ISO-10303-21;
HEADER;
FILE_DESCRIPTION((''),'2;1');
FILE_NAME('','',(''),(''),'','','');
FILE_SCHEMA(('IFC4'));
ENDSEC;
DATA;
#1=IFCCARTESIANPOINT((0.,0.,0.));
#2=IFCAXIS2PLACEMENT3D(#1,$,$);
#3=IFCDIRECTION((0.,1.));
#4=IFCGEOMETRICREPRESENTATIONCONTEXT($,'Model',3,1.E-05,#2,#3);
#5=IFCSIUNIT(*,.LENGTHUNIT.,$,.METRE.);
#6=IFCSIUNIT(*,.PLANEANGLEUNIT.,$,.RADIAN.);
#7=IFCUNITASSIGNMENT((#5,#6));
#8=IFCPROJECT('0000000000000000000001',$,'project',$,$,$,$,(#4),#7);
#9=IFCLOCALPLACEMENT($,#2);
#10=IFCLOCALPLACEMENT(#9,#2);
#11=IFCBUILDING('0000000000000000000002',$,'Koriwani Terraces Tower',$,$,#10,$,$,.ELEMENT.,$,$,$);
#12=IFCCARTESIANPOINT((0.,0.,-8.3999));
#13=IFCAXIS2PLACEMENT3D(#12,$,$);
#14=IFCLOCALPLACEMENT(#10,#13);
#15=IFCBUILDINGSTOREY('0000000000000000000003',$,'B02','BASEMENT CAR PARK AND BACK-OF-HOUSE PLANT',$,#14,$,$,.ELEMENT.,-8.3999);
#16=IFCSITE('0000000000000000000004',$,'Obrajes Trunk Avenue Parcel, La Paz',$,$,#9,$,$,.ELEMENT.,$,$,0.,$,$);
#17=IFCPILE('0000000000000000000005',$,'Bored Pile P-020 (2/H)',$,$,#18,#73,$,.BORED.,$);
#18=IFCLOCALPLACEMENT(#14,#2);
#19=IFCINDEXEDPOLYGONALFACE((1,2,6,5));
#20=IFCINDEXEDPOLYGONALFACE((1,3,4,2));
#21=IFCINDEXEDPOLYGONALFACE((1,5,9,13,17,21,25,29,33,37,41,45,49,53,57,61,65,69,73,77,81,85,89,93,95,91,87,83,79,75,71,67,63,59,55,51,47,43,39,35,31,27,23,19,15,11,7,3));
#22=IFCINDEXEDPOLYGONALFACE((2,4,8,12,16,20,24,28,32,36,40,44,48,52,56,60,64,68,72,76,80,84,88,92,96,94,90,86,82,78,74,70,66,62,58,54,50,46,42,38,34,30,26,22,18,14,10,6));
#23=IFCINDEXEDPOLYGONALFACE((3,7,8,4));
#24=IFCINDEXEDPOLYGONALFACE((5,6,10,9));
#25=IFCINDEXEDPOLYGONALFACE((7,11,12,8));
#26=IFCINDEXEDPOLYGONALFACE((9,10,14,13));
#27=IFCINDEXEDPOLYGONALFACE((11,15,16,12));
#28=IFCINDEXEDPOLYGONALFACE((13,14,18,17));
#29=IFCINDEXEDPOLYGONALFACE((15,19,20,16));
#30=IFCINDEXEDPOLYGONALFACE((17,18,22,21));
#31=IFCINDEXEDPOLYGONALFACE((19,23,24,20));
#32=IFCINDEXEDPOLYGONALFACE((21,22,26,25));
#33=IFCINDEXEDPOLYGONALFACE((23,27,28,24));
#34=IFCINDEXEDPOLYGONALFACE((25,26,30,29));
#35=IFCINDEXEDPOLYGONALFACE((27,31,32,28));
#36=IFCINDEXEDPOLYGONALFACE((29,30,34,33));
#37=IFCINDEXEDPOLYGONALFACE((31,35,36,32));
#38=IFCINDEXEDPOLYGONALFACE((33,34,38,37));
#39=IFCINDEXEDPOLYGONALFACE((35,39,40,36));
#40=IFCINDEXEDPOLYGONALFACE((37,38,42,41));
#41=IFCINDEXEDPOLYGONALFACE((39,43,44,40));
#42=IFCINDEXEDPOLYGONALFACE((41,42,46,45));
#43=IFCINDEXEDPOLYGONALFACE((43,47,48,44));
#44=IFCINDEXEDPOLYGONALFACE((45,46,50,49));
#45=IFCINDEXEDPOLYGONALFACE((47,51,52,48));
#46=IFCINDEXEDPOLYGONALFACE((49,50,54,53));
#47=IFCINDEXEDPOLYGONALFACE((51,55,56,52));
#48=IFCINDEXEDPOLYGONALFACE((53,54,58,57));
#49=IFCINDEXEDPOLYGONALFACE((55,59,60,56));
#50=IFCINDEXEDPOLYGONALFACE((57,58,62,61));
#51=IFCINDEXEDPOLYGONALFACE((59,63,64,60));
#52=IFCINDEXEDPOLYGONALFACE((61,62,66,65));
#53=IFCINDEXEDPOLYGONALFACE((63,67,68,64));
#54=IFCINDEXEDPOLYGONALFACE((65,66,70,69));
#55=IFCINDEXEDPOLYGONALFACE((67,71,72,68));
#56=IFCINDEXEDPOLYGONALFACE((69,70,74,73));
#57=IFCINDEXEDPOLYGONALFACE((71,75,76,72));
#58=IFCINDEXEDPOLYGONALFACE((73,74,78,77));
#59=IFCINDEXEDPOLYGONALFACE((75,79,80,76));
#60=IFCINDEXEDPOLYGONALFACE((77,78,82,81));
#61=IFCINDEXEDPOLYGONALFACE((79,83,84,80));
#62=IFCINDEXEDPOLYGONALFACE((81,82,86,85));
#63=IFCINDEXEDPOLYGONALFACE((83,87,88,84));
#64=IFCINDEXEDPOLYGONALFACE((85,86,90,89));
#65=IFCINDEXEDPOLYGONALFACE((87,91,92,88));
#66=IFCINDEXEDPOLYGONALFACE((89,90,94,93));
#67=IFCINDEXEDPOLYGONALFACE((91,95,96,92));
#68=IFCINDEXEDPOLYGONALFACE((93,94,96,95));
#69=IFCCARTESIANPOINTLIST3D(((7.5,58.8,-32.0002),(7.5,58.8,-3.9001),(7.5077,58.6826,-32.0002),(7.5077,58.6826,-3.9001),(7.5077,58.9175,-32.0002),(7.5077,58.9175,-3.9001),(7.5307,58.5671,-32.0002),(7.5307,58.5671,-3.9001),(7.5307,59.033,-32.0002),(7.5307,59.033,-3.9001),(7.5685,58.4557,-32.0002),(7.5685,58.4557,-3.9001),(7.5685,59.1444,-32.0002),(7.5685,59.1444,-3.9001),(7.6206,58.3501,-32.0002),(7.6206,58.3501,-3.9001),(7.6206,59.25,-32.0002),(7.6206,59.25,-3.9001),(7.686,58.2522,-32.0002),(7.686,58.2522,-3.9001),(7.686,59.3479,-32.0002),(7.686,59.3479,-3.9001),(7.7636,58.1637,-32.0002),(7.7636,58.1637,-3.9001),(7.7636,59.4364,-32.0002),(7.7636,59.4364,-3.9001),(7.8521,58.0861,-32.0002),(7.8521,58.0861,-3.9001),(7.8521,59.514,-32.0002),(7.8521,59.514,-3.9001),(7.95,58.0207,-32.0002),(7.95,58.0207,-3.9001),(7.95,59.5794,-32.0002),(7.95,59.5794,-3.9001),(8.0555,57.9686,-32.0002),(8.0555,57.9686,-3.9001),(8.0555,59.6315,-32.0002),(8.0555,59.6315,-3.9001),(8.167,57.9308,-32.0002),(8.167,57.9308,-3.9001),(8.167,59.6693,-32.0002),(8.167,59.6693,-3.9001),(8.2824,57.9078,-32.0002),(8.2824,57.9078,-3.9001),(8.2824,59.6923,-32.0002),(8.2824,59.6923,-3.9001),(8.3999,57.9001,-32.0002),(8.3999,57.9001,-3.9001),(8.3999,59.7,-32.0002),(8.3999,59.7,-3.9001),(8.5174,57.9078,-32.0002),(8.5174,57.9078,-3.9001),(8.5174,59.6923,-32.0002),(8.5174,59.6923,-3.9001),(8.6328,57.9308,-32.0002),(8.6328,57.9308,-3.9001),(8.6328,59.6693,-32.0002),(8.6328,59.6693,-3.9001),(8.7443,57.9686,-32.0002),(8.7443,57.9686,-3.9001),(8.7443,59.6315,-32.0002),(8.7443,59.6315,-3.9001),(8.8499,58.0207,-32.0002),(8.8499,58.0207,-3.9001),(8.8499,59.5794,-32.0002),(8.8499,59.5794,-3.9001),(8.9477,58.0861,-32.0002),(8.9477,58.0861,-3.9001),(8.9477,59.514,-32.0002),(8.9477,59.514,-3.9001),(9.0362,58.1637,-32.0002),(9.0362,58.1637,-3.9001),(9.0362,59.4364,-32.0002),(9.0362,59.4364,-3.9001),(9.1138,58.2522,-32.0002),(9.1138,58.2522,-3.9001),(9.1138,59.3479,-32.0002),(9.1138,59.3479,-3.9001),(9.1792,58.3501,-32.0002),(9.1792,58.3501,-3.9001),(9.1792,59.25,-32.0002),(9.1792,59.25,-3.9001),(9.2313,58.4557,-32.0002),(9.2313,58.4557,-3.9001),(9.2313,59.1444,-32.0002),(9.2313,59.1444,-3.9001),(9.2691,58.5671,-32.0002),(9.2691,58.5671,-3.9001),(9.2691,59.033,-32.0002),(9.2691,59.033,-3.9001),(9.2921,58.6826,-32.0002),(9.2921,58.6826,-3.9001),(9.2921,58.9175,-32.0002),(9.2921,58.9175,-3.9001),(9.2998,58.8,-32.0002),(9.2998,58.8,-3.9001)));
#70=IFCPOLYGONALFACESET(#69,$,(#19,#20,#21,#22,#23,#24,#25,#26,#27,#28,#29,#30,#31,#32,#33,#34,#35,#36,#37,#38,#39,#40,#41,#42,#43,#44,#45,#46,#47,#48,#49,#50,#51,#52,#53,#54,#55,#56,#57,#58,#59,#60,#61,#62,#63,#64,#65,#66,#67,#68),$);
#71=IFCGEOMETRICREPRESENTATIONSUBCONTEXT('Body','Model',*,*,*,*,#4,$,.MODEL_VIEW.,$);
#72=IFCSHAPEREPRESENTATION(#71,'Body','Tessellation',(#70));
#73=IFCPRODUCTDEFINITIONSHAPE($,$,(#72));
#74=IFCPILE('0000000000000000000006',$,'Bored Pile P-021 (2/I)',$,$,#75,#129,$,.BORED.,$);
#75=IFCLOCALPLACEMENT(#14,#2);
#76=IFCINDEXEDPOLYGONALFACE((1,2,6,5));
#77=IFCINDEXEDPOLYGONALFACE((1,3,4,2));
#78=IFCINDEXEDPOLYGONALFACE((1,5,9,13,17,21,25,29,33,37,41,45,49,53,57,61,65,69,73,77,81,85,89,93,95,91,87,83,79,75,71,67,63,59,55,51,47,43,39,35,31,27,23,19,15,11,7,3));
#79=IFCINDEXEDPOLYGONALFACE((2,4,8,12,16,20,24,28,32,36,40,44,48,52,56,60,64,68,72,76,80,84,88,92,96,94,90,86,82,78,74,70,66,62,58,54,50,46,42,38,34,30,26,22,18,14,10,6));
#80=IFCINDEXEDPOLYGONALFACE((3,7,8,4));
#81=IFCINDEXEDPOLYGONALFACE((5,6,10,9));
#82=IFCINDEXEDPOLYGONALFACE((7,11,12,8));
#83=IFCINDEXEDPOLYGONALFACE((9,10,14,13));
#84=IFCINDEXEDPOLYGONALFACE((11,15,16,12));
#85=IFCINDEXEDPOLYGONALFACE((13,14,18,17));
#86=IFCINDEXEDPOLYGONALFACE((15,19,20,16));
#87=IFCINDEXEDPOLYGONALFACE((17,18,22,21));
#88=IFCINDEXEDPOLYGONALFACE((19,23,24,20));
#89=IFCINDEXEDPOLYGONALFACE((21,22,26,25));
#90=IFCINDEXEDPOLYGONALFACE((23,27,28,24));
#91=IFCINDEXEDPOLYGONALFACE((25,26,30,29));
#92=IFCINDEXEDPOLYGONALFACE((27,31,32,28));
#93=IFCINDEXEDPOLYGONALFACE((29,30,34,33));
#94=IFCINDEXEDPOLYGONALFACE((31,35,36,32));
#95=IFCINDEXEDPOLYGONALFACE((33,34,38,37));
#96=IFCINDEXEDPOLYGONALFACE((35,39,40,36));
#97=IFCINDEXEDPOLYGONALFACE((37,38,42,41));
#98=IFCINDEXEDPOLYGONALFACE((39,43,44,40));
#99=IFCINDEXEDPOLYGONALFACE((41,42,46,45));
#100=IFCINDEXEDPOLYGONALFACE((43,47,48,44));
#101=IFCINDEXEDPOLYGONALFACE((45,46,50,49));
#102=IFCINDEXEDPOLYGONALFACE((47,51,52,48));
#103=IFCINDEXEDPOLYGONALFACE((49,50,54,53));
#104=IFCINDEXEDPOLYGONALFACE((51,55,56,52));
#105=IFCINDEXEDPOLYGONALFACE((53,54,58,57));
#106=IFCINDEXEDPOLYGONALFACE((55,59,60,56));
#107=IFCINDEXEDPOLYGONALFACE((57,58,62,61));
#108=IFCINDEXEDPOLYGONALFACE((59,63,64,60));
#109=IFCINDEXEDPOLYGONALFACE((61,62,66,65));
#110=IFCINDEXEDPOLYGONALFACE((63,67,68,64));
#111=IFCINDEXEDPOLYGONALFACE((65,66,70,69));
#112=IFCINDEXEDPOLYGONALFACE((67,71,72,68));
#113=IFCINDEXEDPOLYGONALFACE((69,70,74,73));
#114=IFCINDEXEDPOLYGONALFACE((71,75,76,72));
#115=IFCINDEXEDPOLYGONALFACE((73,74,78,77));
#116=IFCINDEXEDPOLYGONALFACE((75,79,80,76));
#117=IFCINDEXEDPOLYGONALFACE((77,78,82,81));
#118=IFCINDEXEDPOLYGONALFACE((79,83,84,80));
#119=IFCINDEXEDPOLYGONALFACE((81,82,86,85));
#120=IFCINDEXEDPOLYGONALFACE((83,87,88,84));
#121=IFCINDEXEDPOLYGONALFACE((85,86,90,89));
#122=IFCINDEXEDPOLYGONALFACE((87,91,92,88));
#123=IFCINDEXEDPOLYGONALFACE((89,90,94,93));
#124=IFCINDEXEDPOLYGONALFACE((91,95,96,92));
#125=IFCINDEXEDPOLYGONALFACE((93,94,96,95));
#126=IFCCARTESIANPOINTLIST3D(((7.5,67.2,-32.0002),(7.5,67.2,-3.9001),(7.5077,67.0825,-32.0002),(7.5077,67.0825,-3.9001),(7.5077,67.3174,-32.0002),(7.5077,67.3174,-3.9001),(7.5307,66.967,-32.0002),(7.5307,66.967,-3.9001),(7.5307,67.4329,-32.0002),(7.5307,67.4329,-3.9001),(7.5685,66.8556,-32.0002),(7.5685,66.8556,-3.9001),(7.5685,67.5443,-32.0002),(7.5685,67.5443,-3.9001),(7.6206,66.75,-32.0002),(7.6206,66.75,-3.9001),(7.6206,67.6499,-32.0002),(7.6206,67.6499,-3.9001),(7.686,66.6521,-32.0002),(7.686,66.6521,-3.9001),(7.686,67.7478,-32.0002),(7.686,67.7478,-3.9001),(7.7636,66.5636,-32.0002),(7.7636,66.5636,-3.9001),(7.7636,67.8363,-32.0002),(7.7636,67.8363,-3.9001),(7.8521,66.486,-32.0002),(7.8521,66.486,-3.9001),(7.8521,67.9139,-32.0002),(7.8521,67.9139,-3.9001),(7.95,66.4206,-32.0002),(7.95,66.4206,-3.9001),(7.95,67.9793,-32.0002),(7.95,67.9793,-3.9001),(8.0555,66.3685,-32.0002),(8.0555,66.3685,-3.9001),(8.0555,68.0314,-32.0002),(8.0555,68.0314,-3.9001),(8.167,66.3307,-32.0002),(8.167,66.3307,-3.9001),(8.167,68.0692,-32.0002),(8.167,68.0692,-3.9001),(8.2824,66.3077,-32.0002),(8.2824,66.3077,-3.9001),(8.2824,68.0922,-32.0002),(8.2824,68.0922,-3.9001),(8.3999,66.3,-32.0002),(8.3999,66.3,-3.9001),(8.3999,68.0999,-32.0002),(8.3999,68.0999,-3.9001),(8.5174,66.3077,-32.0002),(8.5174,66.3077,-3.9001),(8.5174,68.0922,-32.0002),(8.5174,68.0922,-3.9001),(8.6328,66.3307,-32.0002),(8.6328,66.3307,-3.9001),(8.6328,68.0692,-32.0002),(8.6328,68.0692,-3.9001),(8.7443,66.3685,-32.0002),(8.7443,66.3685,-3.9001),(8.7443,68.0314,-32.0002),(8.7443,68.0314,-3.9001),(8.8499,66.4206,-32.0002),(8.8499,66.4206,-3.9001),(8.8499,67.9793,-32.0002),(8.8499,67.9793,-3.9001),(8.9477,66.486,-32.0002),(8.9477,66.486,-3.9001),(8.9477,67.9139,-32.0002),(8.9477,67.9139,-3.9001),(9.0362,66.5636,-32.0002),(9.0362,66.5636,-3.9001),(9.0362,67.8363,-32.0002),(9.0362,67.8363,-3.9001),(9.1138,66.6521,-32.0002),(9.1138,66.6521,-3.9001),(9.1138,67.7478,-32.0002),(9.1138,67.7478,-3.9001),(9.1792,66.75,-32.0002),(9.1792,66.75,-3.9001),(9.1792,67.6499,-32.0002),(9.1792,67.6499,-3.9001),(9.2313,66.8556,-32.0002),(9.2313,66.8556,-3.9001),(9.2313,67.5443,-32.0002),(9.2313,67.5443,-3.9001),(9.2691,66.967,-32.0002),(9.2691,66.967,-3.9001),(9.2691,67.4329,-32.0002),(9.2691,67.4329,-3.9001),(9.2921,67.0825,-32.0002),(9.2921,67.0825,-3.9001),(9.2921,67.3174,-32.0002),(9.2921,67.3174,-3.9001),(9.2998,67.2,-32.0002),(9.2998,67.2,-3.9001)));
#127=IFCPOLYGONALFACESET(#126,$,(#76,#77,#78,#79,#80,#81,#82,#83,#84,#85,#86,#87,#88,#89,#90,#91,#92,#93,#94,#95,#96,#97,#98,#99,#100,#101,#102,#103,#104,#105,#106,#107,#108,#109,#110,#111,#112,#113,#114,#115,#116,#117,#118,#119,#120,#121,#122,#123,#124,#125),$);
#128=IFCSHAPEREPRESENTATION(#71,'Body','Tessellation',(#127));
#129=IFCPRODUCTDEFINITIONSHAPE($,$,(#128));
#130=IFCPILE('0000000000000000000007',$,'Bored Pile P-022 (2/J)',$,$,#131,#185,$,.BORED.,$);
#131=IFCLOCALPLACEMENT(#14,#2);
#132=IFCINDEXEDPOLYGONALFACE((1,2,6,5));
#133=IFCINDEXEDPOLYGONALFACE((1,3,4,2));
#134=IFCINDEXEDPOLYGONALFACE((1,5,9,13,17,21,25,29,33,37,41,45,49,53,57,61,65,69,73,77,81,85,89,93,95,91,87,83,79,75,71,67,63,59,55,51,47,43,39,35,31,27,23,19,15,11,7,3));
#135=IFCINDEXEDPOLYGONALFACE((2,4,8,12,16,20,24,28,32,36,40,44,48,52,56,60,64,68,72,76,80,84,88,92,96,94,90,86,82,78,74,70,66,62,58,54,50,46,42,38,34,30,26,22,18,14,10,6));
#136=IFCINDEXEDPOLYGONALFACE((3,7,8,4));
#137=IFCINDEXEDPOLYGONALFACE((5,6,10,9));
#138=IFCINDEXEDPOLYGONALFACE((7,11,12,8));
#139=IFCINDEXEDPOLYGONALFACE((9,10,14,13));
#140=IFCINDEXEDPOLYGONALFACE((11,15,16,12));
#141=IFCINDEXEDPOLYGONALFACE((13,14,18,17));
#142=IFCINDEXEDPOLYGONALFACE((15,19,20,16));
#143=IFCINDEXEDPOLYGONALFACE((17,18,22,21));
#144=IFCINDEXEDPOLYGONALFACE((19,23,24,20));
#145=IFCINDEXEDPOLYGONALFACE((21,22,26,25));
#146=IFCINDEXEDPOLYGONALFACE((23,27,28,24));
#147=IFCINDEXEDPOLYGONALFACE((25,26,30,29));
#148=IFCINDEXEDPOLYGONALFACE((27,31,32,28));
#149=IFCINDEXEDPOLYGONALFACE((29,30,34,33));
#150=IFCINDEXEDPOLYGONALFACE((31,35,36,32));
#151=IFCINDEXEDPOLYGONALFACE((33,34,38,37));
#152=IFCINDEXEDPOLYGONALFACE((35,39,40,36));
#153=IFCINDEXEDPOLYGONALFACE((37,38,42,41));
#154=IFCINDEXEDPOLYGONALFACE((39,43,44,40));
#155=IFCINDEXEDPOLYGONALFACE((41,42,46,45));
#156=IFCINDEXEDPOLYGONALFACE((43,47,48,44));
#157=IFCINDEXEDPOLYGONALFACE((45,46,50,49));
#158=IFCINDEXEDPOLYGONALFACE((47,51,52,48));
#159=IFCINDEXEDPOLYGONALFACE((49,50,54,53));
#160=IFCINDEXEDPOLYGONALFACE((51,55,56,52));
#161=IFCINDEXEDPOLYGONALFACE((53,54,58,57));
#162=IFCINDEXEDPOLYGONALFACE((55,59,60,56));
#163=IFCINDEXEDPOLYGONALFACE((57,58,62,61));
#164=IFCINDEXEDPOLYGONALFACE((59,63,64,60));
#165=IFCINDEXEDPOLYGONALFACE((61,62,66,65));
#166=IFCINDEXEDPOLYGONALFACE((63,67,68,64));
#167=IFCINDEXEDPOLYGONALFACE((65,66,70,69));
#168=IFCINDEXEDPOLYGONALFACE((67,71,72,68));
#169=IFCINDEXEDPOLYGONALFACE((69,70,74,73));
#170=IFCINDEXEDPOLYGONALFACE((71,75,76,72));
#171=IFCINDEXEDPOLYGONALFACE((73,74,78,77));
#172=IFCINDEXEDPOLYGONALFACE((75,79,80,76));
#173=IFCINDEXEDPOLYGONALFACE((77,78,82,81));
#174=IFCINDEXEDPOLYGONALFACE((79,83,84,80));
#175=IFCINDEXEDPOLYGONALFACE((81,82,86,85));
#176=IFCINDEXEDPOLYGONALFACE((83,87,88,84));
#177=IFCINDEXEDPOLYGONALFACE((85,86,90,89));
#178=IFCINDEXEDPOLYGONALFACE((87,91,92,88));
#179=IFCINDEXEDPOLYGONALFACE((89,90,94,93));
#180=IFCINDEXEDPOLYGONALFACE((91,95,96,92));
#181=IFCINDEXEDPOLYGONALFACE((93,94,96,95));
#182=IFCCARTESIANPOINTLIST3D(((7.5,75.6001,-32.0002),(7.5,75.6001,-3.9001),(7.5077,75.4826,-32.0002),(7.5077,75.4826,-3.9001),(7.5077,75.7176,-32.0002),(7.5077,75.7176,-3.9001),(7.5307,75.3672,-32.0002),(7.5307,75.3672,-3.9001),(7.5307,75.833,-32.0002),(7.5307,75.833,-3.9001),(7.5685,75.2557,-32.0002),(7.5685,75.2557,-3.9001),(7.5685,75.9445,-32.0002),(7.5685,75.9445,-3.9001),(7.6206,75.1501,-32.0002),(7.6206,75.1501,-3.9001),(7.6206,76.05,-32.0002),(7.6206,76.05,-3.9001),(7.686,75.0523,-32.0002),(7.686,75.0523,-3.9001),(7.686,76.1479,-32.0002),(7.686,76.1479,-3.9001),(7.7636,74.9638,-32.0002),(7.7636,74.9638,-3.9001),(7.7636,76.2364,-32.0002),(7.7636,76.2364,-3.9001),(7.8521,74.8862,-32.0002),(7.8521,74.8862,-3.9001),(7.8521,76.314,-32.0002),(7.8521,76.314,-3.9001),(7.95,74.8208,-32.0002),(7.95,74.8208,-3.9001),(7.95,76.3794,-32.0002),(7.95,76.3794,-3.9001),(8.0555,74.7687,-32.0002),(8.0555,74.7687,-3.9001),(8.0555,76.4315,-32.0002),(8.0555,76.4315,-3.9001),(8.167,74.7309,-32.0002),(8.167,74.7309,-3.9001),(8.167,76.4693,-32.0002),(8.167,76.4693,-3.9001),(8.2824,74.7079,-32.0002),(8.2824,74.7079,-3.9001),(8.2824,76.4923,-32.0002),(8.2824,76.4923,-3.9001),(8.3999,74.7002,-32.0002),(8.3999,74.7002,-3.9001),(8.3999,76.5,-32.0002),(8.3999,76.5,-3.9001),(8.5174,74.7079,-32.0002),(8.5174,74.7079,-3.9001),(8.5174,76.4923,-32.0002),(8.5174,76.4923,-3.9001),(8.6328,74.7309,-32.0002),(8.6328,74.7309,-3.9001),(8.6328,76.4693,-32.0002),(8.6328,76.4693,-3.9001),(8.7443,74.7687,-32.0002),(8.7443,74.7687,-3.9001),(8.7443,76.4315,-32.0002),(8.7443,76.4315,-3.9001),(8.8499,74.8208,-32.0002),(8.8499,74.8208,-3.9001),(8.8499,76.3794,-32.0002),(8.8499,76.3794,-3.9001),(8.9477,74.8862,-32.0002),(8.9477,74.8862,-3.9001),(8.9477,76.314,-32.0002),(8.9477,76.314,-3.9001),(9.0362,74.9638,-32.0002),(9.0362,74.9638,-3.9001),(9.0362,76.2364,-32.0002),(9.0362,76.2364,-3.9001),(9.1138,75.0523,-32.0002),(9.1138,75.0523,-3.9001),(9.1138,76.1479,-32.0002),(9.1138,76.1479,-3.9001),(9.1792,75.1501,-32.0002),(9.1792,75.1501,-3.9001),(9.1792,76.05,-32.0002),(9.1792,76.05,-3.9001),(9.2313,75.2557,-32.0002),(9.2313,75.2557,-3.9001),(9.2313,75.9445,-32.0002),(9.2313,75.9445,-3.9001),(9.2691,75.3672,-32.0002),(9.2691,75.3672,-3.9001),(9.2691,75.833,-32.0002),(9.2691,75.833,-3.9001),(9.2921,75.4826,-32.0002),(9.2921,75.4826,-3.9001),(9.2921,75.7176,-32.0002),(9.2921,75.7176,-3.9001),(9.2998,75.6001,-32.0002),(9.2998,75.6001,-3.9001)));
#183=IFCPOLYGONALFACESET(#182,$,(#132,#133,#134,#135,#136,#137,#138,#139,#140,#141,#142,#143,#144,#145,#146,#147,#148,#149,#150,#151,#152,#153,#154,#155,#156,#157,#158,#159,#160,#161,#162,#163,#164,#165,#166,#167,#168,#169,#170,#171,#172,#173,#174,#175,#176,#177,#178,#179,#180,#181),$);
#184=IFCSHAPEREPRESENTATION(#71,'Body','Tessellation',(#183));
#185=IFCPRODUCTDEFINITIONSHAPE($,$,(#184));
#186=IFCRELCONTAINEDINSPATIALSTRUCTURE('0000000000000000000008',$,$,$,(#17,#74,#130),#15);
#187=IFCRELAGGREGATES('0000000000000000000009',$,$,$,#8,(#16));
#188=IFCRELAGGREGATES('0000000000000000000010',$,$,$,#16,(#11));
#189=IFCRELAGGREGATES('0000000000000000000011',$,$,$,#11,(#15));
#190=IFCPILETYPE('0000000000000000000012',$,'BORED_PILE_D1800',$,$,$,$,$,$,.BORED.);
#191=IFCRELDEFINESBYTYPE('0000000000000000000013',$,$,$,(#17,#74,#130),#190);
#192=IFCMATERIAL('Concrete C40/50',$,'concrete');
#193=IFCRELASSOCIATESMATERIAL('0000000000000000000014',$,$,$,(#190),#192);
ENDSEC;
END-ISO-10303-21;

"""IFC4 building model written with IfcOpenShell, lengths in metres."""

from ifc_helpers import new_model, si_unit, direction, frame, origin, origin_2d, place, context, subcontext, project, spatial, circle, extrude, material, material_profile, profile_set, type_object, element, save


model = new_model("IFC4")

# Units and contexts
model_context = context("Model", 3, precision=1e-05, world=origin(), true_north=direction((0.0, 1.0)))
body_context = subcontext(model_context, "Body", "Model", "MODEL_VIEW")
ifc_project = project(units=[si_unit("LENGTHUNIT", "METRE"), si_unit("PLANEANGLEUNIT", "RADIAN")], contexts=[model_context])

# Site, building, storey
site_placement = place(None, origin())
site = spatial("IfcSite", under=ifc_project, at=site_placement, Name="Obrajes Trunk Avenue Parcel, La Paz", CompositionType="ELEMENT", RefElevation=0.0)
building_placement = place(site_placement, origin())
building = spatial("IfcBuilding", under=site, at=building_placement, Name="Koriwani Terraces Tower", CompositionType="ELEMENT")
storey_placement = place(building_placement, frame((0.0, 0.0, -8.3999)))
storey = spatial("IfcBuildingStorey", under=building, at=storey_placement, Name="B02", Description="BASEMENT CAR PARK AND BACK-OF-HOUSE PLANT", CompositionType="ELEMENT", Elevation=-8.3999)

# Piles
ifc_material_1 = material(Name="Concrete C40/50", Category="concrete")
ifc_material_profile_1 = material_profile(ifc_material_1, circle(Radius=0.8999, at=origin_2d()), Name="Concrete C40/50")
ifc_profile_set_1 = profile_set([ifc_material_profile_1], Name="Concrete C40/50")
pile_type = type_object("IfcPileType", Name="BORED_PILE_D1800", PredefinedType="BORED", material=ifc_profile_set_1)
for number, where, z_axis, x_axis, name in (
    (1, (8.3999, 58.8, -3.9001), (0.0, 0.0, -1.0), (1.0, 0.0, 0.0), "Bored Pile P-020 (2/H)"),
    (2, (8.3999, 67.2, -3.9001), (0.0, 0.0, -1.0), (1.0, 0.0, 0.0), "Bored Pile P-021 (2/I)"),
    (3, (8.3999, 75.6001, -3.9001), (0.0, 0.0, -1.0), (1.0, 0.0, 0.0), "Bored Pile P-022 (2/J)"),
):
    element("IfcPile", number, at=place(storey_placement, frame(where, z_axis=z_axis, x_axis=x_axis)), inside=storey, type_object=pile_type, Name=name, PredefinedType="BORED", context=body_context, shape_type="SweptSolid", body=[
        extrude(circle(Radius=0.8999, at=origin_2d()), origin(), (0.0, 0.0, 1.0), 28.1001),
    ])

save(model, "model.ifc")
